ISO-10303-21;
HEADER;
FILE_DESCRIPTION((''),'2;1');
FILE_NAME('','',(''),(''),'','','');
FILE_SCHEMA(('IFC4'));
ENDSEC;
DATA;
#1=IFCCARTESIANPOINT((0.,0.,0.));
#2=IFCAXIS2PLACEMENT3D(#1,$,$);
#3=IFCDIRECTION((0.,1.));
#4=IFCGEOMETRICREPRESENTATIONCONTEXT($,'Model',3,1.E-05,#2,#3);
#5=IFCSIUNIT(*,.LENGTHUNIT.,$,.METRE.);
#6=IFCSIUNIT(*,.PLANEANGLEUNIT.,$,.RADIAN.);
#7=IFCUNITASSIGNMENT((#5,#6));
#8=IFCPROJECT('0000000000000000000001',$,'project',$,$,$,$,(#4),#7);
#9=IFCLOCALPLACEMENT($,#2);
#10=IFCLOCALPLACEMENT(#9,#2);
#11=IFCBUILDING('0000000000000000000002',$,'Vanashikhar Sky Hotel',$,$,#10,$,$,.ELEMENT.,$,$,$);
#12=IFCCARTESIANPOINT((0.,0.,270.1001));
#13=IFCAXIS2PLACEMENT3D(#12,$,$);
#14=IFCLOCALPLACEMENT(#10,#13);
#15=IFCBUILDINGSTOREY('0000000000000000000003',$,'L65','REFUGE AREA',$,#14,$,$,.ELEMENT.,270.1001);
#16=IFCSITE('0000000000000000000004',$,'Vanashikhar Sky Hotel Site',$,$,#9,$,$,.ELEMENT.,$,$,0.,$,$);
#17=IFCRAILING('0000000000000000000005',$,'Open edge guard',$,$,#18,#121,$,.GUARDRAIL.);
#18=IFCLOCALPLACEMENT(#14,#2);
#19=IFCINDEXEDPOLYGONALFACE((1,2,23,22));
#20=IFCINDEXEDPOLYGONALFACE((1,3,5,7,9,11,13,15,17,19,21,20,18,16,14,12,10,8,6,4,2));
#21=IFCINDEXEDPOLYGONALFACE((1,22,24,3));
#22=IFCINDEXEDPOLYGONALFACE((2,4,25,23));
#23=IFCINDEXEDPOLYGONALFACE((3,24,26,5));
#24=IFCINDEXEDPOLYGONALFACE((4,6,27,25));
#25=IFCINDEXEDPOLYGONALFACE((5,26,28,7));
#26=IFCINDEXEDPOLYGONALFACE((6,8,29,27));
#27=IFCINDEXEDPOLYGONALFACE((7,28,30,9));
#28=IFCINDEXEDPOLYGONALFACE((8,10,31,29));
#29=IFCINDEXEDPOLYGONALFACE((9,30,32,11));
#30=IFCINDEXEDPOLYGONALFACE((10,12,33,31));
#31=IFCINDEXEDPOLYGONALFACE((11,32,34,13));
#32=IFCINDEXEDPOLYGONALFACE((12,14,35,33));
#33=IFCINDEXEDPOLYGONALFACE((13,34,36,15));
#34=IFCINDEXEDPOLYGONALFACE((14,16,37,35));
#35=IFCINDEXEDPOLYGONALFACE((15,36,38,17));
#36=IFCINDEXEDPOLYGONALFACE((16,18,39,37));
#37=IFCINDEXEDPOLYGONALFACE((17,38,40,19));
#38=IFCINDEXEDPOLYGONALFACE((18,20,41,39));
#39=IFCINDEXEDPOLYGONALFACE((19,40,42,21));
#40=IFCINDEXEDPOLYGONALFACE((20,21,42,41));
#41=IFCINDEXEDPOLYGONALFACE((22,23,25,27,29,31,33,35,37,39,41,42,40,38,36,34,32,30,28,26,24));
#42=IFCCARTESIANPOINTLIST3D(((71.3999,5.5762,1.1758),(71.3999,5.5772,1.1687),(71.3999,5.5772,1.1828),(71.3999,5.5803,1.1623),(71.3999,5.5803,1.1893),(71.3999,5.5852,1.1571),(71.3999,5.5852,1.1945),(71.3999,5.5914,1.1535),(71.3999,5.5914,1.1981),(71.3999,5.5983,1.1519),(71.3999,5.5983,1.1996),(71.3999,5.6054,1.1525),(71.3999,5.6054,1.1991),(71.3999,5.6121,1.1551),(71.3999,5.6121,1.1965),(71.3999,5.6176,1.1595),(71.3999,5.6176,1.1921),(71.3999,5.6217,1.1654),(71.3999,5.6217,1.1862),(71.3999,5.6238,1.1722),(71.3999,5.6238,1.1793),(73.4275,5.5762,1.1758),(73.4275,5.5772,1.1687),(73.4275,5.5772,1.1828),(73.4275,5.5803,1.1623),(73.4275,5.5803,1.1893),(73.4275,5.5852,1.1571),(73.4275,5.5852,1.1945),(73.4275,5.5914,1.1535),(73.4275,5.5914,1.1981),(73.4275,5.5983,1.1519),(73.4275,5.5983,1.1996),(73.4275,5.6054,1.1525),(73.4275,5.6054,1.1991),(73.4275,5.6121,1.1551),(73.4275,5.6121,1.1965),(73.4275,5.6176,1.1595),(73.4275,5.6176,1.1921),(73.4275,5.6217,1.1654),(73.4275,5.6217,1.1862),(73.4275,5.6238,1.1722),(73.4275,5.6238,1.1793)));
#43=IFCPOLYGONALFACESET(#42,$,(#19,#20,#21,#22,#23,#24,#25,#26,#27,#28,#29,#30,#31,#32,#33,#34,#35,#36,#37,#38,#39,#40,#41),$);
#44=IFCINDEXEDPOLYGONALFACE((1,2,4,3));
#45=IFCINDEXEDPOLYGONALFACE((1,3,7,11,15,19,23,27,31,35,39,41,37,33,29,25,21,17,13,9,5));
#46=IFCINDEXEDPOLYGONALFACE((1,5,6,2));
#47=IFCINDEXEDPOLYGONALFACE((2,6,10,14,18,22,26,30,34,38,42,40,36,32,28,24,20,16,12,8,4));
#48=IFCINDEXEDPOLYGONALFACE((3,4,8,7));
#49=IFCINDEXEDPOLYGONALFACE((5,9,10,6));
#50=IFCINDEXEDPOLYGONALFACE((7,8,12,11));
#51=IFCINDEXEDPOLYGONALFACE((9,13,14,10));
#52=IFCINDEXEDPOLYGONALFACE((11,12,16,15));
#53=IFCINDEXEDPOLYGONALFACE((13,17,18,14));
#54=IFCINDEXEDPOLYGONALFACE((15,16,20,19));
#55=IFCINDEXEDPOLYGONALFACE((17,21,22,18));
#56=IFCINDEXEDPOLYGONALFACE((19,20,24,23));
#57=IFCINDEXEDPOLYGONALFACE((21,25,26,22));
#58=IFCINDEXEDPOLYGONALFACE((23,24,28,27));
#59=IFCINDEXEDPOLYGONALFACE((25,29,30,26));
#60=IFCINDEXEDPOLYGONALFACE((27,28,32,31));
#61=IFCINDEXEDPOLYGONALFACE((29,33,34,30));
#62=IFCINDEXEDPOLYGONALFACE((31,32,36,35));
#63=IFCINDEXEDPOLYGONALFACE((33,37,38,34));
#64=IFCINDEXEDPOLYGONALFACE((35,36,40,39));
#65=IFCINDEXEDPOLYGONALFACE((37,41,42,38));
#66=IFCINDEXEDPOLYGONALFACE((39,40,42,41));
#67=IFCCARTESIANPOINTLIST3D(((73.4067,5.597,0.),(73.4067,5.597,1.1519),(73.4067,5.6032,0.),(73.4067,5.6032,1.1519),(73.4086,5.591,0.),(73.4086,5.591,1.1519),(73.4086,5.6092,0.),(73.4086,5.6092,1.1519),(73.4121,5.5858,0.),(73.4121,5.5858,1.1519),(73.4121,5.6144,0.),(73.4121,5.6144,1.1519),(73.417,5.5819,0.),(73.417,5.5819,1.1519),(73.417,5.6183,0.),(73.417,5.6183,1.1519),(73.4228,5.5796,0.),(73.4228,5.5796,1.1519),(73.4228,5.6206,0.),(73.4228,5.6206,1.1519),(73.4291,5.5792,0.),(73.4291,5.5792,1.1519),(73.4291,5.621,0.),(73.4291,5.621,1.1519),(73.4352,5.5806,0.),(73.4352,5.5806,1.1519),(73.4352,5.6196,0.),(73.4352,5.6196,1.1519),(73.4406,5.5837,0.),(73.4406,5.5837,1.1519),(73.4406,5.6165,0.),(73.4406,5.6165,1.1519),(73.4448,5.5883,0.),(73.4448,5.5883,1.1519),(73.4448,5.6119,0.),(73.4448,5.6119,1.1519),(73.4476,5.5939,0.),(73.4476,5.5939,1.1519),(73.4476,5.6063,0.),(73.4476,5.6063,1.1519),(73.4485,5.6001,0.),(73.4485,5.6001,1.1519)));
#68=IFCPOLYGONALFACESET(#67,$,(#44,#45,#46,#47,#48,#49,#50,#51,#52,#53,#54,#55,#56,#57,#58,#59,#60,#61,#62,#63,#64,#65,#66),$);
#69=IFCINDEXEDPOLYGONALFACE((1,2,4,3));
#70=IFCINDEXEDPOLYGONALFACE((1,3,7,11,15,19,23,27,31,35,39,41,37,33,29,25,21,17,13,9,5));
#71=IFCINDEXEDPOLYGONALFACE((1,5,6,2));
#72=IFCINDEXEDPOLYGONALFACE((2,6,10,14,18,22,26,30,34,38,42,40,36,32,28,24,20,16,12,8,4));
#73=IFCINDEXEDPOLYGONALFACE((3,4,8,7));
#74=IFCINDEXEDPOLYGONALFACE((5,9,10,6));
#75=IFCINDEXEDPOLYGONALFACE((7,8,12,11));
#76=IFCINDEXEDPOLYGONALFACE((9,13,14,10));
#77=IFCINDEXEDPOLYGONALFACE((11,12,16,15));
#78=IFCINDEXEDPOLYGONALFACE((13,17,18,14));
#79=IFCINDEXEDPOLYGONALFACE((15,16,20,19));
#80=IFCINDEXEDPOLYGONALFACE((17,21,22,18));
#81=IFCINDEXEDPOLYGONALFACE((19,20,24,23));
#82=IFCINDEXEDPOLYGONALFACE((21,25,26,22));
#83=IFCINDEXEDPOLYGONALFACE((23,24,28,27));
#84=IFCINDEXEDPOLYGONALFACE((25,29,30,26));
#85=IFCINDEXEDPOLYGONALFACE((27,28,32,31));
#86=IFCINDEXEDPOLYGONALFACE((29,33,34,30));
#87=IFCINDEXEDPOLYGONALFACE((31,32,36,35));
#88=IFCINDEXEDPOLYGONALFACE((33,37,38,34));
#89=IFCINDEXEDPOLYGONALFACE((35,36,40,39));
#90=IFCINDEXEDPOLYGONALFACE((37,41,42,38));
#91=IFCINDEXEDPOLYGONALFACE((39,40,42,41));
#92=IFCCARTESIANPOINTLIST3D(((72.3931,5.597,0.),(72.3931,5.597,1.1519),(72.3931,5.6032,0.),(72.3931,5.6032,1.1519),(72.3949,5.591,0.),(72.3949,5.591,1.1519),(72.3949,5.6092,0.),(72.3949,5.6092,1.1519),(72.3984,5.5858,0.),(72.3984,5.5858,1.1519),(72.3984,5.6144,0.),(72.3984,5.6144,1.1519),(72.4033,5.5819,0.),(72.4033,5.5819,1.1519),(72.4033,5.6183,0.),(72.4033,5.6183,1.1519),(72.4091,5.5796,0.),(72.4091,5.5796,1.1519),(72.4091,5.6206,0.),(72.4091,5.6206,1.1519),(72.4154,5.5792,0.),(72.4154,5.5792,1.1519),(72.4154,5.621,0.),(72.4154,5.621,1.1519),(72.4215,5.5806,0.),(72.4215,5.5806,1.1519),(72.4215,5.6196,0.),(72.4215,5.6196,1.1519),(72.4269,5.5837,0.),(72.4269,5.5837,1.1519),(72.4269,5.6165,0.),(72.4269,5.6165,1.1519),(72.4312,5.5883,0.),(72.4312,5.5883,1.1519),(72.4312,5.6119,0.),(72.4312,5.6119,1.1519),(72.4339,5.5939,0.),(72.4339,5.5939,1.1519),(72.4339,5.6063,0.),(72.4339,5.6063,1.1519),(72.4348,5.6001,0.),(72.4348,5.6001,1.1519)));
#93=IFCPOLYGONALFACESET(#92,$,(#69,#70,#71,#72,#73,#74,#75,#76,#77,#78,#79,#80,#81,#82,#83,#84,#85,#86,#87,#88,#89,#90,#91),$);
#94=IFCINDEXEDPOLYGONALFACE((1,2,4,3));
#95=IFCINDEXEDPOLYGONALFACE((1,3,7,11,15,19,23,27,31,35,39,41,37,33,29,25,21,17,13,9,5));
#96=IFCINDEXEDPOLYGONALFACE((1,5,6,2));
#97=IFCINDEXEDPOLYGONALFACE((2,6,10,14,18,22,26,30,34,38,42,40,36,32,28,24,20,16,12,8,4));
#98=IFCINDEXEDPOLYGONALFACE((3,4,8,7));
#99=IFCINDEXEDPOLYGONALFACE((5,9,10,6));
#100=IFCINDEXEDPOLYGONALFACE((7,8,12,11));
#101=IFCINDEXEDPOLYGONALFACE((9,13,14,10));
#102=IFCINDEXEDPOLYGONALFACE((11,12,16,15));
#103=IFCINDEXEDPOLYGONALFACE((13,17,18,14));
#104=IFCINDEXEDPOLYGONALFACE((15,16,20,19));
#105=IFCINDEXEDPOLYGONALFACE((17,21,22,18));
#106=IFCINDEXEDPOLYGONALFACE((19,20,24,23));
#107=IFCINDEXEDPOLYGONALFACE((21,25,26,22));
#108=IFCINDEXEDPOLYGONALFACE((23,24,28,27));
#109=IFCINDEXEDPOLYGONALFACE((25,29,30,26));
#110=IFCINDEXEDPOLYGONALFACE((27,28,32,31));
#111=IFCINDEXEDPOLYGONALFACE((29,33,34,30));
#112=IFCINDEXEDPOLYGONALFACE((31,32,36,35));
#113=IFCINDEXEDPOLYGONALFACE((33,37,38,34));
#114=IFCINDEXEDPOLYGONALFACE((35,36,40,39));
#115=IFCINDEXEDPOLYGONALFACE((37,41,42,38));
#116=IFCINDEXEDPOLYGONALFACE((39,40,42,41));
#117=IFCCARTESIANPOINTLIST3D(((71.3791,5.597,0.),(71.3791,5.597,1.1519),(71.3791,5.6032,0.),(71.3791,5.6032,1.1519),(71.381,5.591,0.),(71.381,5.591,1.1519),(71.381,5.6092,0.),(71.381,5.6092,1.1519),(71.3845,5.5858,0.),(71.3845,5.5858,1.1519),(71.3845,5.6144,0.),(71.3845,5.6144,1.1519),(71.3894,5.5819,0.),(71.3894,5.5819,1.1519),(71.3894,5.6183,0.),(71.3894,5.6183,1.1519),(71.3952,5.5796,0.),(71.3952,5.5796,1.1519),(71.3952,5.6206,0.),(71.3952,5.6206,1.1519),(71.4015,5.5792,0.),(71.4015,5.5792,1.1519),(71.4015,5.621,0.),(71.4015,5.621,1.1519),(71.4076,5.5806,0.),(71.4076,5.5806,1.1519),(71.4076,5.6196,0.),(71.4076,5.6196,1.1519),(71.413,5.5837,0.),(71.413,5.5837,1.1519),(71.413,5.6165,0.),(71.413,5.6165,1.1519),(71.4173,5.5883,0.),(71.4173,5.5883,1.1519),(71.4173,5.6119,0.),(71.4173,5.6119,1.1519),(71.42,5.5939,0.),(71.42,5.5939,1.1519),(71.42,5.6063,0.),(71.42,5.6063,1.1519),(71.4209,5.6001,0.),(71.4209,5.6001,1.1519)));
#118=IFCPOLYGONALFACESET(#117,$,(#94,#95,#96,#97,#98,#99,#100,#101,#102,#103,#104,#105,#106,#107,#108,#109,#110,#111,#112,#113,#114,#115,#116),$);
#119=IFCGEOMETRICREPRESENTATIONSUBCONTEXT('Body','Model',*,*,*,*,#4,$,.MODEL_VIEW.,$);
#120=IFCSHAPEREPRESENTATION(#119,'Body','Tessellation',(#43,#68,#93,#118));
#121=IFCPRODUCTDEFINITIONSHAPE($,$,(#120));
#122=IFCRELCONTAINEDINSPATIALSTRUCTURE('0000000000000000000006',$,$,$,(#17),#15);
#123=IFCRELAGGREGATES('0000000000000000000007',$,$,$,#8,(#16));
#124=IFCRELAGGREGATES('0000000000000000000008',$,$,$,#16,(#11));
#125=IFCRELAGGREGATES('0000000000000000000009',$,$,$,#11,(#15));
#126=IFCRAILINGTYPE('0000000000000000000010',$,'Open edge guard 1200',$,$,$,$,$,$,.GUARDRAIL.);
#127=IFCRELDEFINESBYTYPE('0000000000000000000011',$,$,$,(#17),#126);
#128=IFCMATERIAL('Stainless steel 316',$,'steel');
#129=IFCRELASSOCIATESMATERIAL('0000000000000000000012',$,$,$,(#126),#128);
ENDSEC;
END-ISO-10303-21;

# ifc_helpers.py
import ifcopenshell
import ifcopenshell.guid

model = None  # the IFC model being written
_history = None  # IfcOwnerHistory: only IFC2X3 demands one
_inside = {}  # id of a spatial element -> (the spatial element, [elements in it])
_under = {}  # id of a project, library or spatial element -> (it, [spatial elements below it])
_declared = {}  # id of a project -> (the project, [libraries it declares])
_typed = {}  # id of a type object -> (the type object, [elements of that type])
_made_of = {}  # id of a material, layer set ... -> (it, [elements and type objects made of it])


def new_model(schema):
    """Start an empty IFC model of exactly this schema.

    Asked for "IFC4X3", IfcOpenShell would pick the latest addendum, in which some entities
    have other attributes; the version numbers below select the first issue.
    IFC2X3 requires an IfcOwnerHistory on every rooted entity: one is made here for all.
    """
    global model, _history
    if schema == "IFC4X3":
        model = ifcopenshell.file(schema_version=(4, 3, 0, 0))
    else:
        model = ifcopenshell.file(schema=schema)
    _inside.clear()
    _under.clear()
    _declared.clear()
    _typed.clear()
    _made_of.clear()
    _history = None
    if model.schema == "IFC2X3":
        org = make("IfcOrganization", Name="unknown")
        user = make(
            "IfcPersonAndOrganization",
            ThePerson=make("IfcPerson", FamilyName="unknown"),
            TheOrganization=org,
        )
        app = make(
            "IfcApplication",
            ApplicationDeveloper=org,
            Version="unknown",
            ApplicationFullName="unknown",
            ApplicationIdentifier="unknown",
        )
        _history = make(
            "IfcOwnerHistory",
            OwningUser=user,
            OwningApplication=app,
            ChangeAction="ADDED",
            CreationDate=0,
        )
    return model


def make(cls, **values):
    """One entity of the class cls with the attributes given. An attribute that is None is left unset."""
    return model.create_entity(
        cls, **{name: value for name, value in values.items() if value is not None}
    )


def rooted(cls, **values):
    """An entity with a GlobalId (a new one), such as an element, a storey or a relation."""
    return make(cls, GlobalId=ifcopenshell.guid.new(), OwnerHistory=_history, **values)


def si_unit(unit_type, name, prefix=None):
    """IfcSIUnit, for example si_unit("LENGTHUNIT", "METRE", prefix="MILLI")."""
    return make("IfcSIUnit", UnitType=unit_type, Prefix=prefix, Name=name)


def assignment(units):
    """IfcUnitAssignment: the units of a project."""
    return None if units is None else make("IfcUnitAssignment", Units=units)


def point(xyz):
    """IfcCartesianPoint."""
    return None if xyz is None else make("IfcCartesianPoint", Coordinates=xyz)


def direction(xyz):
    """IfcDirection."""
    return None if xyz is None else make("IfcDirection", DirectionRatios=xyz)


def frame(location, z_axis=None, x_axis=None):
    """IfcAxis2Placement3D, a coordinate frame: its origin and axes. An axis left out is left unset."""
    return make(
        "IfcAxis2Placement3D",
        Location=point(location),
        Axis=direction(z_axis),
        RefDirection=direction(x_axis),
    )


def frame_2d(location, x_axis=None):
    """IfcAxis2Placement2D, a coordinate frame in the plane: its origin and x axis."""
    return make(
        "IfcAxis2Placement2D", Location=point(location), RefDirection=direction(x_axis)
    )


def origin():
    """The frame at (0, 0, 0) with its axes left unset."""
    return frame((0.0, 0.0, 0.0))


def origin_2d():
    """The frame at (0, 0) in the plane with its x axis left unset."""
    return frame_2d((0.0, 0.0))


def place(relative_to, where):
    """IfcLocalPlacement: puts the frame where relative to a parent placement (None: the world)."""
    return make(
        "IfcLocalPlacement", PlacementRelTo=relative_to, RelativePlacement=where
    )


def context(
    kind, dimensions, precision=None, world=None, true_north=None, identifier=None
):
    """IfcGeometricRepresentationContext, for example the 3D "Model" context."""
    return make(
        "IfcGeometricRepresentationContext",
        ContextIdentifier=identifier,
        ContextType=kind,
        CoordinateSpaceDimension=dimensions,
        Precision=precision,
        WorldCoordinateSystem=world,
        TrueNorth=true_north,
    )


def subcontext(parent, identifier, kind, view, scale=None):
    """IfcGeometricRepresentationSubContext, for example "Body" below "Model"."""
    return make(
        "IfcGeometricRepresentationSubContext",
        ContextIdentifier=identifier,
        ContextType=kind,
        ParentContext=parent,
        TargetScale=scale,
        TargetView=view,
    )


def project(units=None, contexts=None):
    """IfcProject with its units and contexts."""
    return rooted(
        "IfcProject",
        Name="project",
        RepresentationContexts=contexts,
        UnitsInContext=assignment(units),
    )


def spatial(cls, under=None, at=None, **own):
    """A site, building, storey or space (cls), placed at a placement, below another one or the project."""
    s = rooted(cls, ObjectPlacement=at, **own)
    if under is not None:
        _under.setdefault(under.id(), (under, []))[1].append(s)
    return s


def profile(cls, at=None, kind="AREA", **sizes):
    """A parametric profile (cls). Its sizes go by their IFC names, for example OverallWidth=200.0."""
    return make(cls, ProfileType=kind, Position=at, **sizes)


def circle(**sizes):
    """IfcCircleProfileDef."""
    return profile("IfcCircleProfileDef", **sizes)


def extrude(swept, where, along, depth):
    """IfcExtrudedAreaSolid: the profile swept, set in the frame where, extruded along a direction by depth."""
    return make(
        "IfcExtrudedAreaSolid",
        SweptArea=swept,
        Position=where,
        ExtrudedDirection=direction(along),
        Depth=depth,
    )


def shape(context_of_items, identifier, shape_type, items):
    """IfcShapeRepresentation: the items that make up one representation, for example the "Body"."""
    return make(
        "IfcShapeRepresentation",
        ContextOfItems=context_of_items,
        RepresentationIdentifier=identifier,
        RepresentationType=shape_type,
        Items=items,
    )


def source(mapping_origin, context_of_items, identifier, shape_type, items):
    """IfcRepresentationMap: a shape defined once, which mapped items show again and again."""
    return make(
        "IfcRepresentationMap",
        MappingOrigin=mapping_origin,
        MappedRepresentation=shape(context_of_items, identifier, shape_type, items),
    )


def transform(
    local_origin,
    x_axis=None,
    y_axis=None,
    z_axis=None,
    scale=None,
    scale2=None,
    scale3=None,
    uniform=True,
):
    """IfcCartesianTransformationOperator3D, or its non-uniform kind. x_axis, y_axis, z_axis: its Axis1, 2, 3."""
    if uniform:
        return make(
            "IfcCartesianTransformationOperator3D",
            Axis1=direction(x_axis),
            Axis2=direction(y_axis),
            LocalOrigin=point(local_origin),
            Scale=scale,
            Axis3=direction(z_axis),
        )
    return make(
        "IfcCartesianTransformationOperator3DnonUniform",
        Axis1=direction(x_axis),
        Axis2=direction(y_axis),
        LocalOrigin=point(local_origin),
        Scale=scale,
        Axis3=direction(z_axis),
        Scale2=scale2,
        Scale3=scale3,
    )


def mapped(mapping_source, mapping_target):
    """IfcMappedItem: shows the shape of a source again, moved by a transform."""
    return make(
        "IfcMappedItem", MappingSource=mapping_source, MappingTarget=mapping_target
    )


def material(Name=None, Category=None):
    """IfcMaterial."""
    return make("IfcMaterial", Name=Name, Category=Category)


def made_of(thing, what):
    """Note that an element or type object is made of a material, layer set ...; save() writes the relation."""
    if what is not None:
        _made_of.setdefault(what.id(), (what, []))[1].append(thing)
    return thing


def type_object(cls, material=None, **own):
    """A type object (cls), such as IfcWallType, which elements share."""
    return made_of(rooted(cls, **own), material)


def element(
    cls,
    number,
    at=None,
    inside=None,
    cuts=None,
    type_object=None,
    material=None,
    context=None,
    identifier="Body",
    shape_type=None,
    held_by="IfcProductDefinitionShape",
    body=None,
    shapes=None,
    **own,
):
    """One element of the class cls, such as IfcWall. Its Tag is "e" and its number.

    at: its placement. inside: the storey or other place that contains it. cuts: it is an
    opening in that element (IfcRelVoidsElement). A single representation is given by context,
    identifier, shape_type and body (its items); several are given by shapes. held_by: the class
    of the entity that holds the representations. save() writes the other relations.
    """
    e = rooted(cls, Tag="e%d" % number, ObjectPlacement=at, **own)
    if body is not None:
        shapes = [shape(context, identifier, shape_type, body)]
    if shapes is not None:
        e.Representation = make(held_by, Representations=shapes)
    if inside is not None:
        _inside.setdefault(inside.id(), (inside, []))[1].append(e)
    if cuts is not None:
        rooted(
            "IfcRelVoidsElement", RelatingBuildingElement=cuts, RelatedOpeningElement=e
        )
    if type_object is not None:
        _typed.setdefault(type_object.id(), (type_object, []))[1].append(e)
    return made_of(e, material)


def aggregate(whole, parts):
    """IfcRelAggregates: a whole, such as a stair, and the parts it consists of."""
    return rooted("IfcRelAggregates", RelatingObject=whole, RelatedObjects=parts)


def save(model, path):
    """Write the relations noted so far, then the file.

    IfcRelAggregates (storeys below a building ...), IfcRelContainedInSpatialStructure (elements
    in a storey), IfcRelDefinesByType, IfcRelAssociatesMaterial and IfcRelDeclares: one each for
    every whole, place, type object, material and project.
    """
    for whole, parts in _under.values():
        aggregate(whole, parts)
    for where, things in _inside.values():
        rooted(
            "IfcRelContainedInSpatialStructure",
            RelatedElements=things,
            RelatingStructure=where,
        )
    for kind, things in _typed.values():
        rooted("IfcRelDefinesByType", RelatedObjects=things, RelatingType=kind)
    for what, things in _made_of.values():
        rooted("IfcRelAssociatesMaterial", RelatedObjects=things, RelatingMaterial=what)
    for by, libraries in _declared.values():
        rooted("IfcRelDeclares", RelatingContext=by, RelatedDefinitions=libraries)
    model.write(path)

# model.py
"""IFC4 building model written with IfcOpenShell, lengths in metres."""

from ifc_helpers import new_model, si_unit, direction, frame, origin, origin_2d, place, context, subcontext, project, spatial, circle, extrude, source, transform, mapped, material, type_object, element, save


model = new_model("IFC4")

# Units and contexts
model_context = context("Model", 3, precision=1e-05, world=origin(), true_north=direction((0.0, 1.0)))
body_context = subcontext(model_context, "Body", "Model", "MODEL_VIEW")
ifc_project = project(units=[si_unit("LENGTHUNIT", "METRE"), si_unit("PLANEANGLEUNIT", "RADIAN")], contexts=[model_context])

# Site, building, storey
site_placement = place(None, origin())
site = spatial("IfcSite", under=ifc_project, at=site_placement, Name="Vanashikhar Sky Hotel Site", CompositionType="ELEMENT", RefElevation=0.0)
building_placement = place(site_placement, origin())
building = spatial("IfcBuilding", under=site, at=building_placement, Name="Vanashikhar Sky Hotel", CompositionType="ELEMENT")
storey_placement = place(building_placement, frame((0.0, 0.0, 270.1001)))
storey = spatial("IfcBuildingStorey", under=building, at=storey_placement, Name="L65", Description="REFUGE AREA", CompositionType="ELEMENT", Elevation=270.1001)

# Railing
ifc_material_1 = material(Name="Stainless steel 316", Category="steel")
railing_type = type_object("IfcRailingType", Name="Open edge guard 1200", PredefinedType="GUARDRAIL", material=ifc_material_1)
shared_shape_1 = source(origin(), body_context, "Body", "SweptSolid", [
    extrude(circle(Radius=0.0239, at=origin_2d()), frame((0.0, 0.0, 1.1758), z_axis=(-1.0, 0.0, 0.0), x_axis=(0.0, -1.0, 0.0)), (0.0, 0.0, 1.0), 2.0276),
    extrude(circle(Radius=0.021, at=origin_2d()), origin(), (0.0, 0.0, 1.0), 1.1519),
    extrude(circle(Radius=0.021, at=origin_2d()), frame((-1.0137, 0.0, 0.0)), (0.0, 0.0, 1.0), 1.1519),
    extrude(circle(Radius=0.021, at=origin_2d()), frame((-2.0276, 0.0, 0.0)), (0.0, 0.0, 1.0), 1.1519),
])
for number, where, name in (
    (1, (73.4275, 5.6001, 0.0), "Open edge guard"),
):
    element("IfcRailing", number, at=place(storey_placement, frame(where)), inside=storey, type_object=railing_type, Name=name, PredefinedType="GUARDRAIL", context=body_context, shape_type="MappedRepresentation", body=[
        mapped(shared_shape_1, transform((0.0, 0.0, 0.0), scale=1.0)),
    ])

save(model, "model.ifc")
